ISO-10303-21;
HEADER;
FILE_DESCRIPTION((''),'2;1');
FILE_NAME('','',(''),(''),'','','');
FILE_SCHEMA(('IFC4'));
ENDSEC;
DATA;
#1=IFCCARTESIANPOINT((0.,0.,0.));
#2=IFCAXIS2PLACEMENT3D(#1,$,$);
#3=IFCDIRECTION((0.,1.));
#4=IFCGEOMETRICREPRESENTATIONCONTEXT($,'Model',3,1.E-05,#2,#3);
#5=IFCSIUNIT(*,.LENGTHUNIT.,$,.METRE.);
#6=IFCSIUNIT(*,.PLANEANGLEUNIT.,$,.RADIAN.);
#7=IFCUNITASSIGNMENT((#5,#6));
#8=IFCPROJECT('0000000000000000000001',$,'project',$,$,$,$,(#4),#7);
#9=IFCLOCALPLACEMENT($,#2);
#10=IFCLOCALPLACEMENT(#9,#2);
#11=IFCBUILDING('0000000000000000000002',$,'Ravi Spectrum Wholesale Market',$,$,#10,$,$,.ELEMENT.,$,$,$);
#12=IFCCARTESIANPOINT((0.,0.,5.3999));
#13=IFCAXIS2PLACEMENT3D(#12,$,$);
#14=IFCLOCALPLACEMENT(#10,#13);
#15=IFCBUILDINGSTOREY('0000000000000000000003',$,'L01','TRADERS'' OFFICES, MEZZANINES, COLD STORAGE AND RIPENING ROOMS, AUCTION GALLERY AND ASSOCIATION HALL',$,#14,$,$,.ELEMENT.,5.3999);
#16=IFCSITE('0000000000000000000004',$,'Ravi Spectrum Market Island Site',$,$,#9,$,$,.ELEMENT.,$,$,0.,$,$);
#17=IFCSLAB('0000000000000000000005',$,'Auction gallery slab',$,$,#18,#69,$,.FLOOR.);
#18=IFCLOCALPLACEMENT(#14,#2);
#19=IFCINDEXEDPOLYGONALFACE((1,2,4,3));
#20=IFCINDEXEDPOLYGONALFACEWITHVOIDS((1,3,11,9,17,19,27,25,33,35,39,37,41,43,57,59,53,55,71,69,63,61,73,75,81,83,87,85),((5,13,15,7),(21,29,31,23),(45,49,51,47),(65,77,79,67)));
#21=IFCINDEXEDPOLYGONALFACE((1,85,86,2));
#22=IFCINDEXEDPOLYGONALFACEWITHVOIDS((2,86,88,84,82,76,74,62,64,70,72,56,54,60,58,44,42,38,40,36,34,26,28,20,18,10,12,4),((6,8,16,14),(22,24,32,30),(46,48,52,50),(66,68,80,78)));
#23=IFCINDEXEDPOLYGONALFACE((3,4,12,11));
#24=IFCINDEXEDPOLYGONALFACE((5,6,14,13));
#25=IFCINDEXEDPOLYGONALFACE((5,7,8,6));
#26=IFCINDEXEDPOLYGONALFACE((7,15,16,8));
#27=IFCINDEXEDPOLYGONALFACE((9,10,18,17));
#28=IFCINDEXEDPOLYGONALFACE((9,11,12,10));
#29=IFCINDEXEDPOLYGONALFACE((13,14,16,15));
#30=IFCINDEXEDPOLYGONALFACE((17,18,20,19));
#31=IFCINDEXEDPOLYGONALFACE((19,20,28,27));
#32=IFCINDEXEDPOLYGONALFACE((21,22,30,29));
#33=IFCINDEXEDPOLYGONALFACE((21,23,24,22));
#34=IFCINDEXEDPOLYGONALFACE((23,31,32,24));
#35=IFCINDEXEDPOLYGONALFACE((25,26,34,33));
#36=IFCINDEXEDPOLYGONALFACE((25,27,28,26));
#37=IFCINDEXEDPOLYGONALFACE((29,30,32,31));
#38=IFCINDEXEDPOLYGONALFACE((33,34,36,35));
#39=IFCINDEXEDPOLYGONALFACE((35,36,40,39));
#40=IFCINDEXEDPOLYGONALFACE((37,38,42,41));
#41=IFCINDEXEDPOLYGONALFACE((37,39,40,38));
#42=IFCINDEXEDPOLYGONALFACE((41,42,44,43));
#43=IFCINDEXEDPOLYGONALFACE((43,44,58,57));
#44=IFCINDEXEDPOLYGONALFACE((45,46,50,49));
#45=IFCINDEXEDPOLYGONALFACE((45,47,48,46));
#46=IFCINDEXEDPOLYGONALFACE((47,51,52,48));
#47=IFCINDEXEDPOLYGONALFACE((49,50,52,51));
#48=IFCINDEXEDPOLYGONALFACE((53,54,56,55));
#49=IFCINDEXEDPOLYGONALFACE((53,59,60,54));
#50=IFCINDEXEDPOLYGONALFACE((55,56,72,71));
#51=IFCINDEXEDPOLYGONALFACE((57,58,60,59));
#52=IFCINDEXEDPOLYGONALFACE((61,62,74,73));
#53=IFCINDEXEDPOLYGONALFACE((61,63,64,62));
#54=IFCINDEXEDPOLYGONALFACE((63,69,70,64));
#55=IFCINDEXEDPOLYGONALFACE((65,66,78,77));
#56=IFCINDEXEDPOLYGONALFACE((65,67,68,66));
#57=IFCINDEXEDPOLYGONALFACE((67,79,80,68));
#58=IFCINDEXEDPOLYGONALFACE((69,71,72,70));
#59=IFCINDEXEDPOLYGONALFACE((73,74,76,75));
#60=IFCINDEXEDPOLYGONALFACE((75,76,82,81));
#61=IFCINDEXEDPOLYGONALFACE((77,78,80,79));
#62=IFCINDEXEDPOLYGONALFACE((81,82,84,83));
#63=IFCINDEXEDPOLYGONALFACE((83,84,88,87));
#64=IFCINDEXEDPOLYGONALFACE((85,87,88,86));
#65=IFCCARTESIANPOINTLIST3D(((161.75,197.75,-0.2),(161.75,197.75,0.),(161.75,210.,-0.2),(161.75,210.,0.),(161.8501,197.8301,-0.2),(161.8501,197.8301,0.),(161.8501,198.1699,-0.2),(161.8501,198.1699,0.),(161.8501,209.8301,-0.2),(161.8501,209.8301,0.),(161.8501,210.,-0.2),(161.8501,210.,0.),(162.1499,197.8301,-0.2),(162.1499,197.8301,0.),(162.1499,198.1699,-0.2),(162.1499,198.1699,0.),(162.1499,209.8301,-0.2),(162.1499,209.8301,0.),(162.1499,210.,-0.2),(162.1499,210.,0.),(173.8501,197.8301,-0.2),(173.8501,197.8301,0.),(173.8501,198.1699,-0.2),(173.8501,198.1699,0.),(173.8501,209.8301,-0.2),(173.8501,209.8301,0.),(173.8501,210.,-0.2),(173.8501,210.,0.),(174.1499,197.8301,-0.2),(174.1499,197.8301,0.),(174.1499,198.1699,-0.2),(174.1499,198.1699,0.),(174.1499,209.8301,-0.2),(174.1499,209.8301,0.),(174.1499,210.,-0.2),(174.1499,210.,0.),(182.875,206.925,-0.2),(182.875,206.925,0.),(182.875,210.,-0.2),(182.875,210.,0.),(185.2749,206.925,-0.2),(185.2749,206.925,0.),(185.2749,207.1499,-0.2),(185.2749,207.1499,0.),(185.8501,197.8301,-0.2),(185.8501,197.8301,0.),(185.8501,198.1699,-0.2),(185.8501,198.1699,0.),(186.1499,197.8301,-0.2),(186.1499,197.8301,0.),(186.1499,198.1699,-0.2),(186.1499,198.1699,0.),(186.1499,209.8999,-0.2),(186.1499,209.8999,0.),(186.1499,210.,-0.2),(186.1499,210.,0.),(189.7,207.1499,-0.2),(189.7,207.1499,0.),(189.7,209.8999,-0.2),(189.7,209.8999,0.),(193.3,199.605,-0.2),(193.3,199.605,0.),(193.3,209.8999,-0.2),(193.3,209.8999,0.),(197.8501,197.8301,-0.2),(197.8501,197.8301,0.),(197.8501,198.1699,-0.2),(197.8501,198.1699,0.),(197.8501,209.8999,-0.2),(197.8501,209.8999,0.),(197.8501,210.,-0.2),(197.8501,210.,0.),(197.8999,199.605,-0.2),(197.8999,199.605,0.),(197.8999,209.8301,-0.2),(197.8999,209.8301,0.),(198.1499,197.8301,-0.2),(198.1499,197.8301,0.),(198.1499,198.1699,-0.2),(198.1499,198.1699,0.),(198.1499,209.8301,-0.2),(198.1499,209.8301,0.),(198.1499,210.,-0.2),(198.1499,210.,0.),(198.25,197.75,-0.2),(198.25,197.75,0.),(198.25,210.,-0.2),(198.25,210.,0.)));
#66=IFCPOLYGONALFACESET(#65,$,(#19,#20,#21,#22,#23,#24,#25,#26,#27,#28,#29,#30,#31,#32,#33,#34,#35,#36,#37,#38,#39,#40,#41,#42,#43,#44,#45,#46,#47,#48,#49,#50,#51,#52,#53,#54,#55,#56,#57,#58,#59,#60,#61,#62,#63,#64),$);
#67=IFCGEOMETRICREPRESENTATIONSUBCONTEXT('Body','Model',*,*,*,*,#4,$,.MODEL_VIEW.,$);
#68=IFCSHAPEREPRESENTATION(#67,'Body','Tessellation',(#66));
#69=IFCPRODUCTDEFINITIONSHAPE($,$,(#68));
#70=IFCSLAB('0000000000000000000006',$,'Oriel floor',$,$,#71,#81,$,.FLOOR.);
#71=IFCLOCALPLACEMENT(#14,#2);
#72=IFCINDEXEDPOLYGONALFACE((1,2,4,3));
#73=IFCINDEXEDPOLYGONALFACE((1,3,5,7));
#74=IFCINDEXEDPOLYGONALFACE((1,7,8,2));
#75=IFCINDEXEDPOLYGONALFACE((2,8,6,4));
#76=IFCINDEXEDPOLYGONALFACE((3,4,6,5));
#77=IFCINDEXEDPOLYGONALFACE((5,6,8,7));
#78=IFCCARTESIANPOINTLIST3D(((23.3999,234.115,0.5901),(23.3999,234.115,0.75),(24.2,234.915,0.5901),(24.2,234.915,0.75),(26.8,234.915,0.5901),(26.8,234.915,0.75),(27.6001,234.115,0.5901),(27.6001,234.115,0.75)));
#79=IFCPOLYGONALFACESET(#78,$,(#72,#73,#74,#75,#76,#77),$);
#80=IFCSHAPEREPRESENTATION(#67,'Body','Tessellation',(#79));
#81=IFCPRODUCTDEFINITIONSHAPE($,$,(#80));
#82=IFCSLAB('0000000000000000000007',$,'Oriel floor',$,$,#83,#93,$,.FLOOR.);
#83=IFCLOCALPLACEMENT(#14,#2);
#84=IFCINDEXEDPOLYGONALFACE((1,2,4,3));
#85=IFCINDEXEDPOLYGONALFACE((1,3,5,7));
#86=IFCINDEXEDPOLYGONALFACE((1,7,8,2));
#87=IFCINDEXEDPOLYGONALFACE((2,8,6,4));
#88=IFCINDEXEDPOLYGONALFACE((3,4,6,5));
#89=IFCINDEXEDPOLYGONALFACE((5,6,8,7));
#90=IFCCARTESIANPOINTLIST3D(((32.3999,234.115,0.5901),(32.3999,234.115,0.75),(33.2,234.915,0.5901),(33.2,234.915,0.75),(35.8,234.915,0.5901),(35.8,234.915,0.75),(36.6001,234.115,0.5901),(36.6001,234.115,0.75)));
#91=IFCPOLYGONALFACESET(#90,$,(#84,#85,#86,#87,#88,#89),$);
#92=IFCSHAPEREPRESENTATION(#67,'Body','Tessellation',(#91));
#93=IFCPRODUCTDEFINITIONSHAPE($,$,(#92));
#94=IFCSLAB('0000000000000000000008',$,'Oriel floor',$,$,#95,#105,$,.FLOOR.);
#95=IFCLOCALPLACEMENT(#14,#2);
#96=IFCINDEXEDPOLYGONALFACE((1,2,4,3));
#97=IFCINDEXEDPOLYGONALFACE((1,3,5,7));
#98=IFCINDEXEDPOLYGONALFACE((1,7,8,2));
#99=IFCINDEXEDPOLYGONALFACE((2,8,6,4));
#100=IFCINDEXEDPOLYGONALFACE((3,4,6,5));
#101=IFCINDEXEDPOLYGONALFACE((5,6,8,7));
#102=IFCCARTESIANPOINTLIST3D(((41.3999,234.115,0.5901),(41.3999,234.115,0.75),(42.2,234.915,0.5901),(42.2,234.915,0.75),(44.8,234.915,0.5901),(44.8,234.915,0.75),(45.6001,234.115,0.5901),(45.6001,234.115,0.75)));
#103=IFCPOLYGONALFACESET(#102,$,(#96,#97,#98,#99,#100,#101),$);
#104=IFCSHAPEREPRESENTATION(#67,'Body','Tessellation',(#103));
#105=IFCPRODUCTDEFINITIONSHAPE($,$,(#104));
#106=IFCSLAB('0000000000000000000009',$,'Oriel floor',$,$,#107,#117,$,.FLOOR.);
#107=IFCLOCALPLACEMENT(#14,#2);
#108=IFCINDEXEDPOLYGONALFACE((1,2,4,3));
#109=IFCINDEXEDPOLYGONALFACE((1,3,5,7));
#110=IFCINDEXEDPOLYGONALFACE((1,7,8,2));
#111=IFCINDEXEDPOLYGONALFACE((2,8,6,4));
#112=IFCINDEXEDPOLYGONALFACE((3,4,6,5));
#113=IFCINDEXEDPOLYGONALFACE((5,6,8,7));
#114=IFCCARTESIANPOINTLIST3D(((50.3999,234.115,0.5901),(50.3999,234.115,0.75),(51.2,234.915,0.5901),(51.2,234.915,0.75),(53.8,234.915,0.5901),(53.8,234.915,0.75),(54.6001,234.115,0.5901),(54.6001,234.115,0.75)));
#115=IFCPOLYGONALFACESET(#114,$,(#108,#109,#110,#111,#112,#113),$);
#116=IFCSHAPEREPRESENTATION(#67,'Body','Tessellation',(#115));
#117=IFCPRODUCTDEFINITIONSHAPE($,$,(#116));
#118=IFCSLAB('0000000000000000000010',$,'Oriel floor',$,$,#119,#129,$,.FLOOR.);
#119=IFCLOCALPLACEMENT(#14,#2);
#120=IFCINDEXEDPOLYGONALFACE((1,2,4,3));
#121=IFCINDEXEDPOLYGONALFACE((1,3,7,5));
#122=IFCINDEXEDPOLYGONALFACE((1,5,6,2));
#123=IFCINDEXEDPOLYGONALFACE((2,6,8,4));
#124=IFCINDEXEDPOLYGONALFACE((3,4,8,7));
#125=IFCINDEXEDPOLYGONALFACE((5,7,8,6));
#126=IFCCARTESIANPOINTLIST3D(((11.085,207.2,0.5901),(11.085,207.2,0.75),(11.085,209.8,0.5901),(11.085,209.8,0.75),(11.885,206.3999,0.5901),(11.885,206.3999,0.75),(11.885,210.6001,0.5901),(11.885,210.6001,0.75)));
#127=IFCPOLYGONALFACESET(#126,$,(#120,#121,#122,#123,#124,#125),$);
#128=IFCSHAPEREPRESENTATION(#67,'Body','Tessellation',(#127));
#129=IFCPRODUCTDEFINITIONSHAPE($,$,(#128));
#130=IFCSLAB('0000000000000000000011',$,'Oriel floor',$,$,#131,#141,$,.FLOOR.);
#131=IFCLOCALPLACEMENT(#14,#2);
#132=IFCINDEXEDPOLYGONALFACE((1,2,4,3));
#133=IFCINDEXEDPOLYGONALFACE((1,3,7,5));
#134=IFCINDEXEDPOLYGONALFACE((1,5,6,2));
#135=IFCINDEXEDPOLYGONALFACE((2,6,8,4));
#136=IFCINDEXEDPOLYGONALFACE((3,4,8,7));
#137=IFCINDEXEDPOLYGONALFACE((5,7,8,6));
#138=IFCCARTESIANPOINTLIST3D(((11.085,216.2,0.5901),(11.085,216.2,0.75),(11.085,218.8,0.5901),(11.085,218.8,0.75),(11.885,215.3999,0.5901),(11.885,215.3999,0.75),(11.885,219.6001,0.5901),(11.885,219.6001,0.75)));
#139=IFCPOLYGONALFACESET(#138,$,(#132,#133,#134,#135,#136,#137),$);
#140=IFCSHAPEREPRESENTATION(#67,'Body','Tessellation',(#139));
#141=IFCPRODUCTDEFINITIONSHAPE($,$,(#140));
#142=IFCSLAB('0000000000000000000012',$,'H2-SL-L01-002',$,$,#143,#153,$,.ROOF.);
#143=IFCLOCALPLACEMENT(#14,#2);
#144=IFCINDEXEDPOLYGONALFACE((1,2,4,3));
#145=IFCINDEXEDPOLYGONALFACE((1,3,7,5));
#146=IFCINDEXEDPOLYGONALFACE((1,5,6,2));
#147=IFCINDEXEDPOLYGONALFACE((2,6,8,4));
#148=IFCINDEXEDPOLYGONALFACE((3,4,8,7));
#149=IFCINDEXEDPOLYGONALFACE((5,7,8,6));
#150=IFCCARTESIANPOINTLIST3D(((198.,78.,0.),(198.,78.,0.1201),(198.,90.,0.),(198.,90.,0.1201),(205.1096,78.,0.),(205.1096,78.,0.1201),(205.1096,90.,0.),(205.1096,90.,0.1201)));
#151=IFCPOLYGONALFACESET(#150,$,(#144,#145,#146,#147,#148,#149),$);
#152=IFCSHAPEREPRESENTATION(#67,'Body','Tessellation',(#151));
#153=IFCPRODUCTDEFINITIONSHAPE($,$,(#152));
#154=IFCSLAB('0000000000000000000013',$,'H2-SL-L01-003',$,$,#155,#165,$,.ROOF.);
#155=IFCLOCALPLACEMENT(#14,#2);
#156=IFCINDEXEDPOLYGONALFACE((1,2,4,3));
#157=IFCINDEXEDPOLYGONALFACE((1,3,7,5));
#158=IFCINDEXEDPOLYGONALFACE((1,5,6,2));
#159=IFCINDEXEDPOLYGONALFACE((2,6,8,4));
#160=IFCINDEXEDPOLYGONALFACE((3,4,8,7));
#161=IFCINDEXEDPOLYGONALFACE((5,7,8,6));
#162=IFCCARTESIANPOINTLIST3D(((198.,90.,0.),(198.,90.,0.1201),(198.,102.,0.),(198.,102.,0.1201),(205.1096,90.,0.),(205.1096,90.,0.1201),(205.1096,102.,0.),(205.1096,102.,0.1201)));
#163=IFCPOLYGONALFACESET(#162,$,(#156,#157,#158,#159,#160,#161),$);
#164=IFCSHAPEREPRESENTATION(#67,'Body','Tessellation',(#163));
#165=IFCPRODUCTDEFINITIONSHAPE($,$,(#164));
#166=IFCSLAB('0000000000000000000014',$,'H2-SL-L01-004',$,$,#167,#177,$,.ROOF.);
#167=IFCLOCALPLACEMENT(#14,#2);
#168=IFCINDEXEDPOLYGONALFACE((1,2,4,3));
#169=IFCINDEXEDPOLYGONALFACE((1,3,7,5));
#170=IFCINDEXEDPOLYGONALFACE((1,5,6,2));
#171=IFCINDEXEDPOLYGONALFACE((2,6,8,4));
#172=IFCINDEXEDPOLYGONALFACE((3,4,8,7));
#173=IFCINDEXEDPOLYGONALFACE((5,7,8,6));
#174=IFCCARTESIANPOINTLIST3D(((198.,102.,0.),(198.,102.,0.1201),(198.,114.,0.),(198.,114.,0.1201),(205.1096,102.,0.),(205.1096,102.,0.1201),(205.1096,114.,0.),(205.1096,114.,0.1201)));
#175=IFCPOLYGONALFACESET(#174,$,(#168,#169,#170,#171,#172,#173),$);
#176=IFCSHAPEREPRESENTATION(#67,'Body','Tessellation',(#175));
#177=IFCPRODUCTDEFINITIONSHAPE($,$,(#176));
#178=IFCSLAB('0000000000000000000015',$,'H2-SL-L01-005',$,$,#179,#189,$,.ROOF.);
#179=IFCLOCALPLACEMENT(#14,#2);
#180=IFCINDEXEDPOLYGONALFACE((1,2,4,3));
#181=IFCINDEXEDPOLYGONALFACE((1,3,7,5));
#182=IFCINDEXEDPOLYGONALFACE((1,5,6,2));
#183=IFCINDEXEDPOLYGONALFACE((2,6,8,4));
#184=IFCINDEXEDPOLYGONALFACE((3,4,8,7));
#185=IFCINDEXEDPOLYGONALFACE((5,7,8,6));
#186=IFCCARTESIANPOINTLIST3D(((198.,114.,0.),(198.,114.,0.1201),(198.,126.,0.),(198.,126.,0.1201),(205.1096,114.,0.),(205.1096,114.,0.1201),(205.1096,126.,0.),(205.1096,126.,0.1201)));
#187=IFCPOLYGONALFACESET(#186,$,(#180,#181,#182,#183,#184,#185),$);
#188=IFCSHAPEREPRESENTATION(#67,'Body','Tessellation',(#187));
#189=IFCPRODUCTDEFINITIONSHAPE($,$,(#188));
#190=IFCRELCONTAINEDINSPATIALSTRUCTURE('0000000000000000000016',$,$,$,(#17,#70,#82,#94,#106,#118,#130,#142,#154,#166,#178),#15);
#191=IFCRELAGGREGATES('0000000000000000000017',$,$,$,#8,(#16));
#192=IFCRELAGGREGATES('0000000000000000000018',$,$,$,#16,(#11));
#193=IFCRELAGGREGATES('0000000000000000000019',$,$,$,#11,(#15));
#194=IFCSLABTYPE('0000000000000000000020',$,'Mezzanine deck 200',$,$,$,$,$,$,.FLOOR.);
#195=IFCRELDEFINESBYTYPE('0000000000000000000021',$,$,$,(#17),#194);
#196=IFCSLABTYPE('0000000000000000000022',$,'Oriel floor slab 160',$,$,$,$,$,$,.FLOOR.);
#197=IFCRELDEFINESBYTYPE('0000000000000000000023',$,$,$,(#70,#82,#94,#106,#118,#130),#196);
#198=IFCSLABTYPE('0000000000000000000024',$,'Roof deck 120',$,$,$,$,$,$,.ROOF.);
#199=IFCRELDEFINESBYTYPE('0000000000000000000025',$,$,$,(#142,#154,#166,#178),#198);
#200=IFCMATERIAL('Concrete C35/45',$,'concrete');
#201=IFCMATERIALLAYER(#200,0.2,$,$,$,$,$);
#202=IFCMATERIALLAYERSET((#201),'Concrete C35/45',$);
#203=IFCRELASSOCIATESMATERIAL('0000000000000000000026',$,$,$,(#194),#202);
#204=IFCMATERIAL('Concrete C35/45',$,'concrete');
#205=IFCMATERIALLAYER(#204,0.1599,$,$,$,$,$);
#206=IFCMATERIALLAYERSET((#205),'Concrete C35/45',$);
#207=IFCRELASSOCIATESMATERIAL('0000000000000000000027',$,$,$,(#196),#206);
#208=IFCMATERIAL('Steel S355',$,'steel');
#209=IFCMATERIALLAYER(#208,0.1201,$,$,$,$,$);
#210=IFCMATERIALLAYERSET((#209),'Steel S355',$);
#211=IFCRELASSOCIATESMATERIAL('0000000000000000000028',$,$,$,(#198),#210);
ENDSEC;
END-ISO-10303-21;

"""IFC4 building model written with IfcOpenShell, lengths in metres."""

from ifc_helpers import new_model, si_unit, direction, frame, origin, place, context, subcontext, project, spatial, polyline, outline, extrude, material, layer, layer_set, type_object, element, save


model = new_model("IFC4")

# Units and contexts
model_context = context("Model", 3, precision=1e-05, world=origin(), true_north=direction((0.0, 1.0)))
body_context = subcontext(model_context, "Body", "Model", "MODEL_VIEW")
ifc_project = project(units=[si_unit("LENGTHUNIT", "METRE"), si_unit("PLANEANGLEUNIT", "RADIAN")], contexts=[model_context])

# Site, building, storey
site_placement = place(None, origin())
site = spatial("IfcSite", under=ifc_project, at=site_placement, Name="Ravi Spectrum Market Island Site", CompositionType="ELEMENT", RefElevation=0.0)
building_placement = place(site_placement, origin())
building = spatial("IfcBuilding", under=site, at=building_placement, Name="Ravi Spectrum Wholesale Market", CompositionType="ELEMENT")
storey_placement = place(building_placement, frame((0.0, 0.0, 5.3999)))
storey = spatial("IfcBuildingStorey", under=building, at=storey_placement, Name="L01", Description="TRADERS' OFFICES, MEZZANINES, COLD STORAGE AND RIPENING ROOMS, AUCTION GALLERY AND ASSOCIATION HALL", CompositionType="ELEMENT", Elevation=5.3999)

# Slabs
ifc_material_1 = material(Name="Concrete C35/45", Category="concrete")
ifc_layer_1 = layer(ifc_material_1, 0.2)
ifc_layer_set_1 = layer_set([ifc_layer_1], Name="Concrete C35/45")
slab_type_1 = type_object("IfcSlabType", Name="Mezzanine deck 200", PredefinedType="FLOOR", material=ifc_layer_set_1)
slab_1_placement = place(storey_placement, frame((0.0, 0.0, -0.2)))
element("IfcSlab", 1, at=slab_1_placement, inside=storey, type_object=slab_type_1, Name="Auction gallery slab", PredefinedType="FLOOR", context=body_context, shape_type="SweptSolid", body=[
    extrude(outline(polyline([(198.25, 210.0), (198.25, 197.75), (161.75, 197.75), (161.75, 210.0), (161.8501, 210.0), (161.8501, 209.8301), (162.1499, 209.8301), (162.1499, 210.0), (173.8501, 210.0), (173.8501, 209.8301), (174.1499, 209.8301), (174.1499, 210.0), (182.875, 210.0), (182.875, 206.925), (185.2749, 206.925), (185.2749, 207.1499), (189.7, 207.1499), (189.7, 209.8999), (186.1499, 209.8999), (186.1499, 210.0), (197.8501, 210.0), (197.8501, 209.8999), (193.3, 209.8999), (193.3, 199.605), (197.8999, 199.605), (197.8999, 209.8301), (198.1499, 209.8301), (198.1499, 210.0), (198.25, 210.0)]), holes=[polyline([(162.1499, 198.1699), (161.8501, 198.1699), (161.8501, 197.8301), (162.1499, 197.8301), (162.1499, 198.1699)]), polyline([(174.1499, 198.1699), (173.8501, 198.1699), (173.8501, 197.8301), (174.1499, 197.8301), (174.1499, 198.1699)]), polyline([(186.1499, 198.1699), (185.8501, 198.1699), (185.8501, 197.8301), (186.1499, 197.8301), (186.1499, 198.1699)]), polyline([(198.1499, 197.8301), (198.1499, 198.1699), (197.8501, 198.1699), (197.8501, 197.8301), (198.1499, 197.8301)])]), origin(), (0.0, 0.0, 1.0), 0.2),
])
ifc_material_2 = material(Name="Concrete C35/45", Category="concrete")
ifc_layer_2 = layer(ifc_material_2, 0.1599)
ifc_layer_set_2 = layer_set([ifc_layer_2], Name="Concrete C35/45")
slab_type_2 = type_object("IfcSlabType", Name="Oriel floor slab 160", PredefinedType="FLOOR", material=ifc_layer_set_2)
slab_2_placement = place(storey_placement, frame((0.0, 0.0, 0.5901)))
element("IfcSlab", 2, at=slab_2_placement, inside=storey, type_object=slab_type_2, Name="Oriel floor", PredefinedType="FLOOR", context=body_context, shape_type="SweptSolid", body=[
    extrude(outline(polyline([(23.3999, 234.115), (24.2, 234.915), (26.8, 234.915), (27.6001, 234.115), (23.3999, 234.115)])), origin(), (0.0, 0.0, 1.0), 0.1599),
])
slab_3_placement = place(storey_placement, frame((0.0, 0.0, 0.5901)))
element("IfcSlab", 3, at=slab_3_placement, inside=storey, type_object=slab_type_2, Name="Oriel floor", PredefinedType="FLOOR", context=body_context, shape_type="SweptSolid", body=[
    extrude(outline(polyline([(32.3999, 234.115), (33.2, 234.915), (35.8, 234.915), (36.6001, 234.115), (32.3999, 234.115)])), origin(), (0.0, 0.0, 1.0), 0.1599),
])
slab_4_placement = place(storey_placement, frame((0.0, 0.0, 0.5901)))
element("IfcSlab", 4, at=slab_4_placement, inside=storey, type_object=slab_type_2, Name="Oriel floor", PredefinedType="FLOOR", context=body_context, shape_type="SweptSolid", body=[
    extrude(outline(polyline([(41.3999, 234.115), (42.2, 234.915), (44.8, 234.915), (45.6001, 234.115), (41.3999, 234.115)])), origin(), (0.0, 0.0, 1.0), 0.1599),
])
slab_5_placement = place(storey_placement, frame((0.0, 0.0, 0.5901)))
element("IfcSlab", 5, at=slab_5_placement, inside=storey, type_object=slab_type_2, Name="Oriel floor", PredefinedType="FLOOR", context=body_context, shape_type="SweptSolid", body=[
    extrude(outline(polyline([(50.3999, 234.115), (51.2, 234.915), (53.8, 234.915), (54.6001, 234.115), (50.3999, 234.115)])), origin(), (0.0, 0.0, 1.0), 0.1599),
])
slab_6_placement = place(storey_placement, frame((0.0, 0.0, 0.5901)))
element("IfcSlab", 6, at=slab_6_placement, inside=storey, type_object=slab_type_2, Name="Oriel floor", PredefinedType="FLOOR", context=body_context, shape_type="SweptSolid", body=[
    extrude(outline(polyline([(11.885, 206.3999), (11.085, 207.2), (11.085, 209.8), (11.885, 210.6001), (11.885, 206.3999)])), origin(), (0.0, 0.0, 1.0), 0.1599),
])
slab_7_placement = place(storey_placement, frame((0.0, 0.0, 0.5901)))
element("IfcSlab", 7, at=slab_7_placement, inside=storey, type_object=slab_type_2, Name="Oriel floor", PredefinedType="FLOOR", context=body_context, shape_type="SweptSolid", body=[
    extrude(outline(polyline([(11.885, 215.3999), (11.085, 216.2), (11.085, 218.8), (11.885, 219.6001), (11.885, 215.3999)])), origin(), (0.0, 0.0, 1.0), 0.1599),
])
ifc_material_3 = material(Name="Steel S355", Category="steel")
ifc_layer_3 = layer(ifc_material_3, 0.1201)
ifc_layer_set_3 = layer_set([ifc_layer_3], Name="Steel S355")
slab_type_3 = type_object("IfcSlabType", Name="Roof deck 120", PredefinedType="ROOF", material=ifc_layer_set_3)
slab_8_placement = place(storey_placement, origin())
element("IfcSlab", 8, at=slab_8_placement, inside=storey, type_object=slab_type_3, Name="H2-SL-L01-002", PredefinedType="ROOF", context=body_context, shape_type="SweptSolid", body=[
    extrude(outline(polyline([(198.0, 78.0), (205.1096, 78.0), (205.1096, 90.0), (198.0, 90.0), (198.0, 78.0)])), origin(), (0.0, 0.0, 1.0), 0.1201),
])
slab_9_placement = place(storey_placement, origin())
element("IfcSlab", 9, at=slab_9_placement, inside=storey, type_object=slab_type_3, Name="H2-SL-L01-003", PredefinedType="ROOF", context=body_context, shape_type="SweptSolid", body=[
    extrude(outline(polyline([(198.0, 90.0), (205.1096, 90.0), (205.1096, 102.0), (198.0, 102.0), (198.0, 90.0)])), origin(), (0.0, 0.0, 1.0), 0.1201),
])
slab_10_placement = place(storey_placement, origin())
element("IfcSlab", 10, at=slab_10_placement, inside=storey, type_object=slab_type_3, Name="H2-SL-L01-004", PredefinedType="ROOF", context=body_context, shape_type="SweptSolid", body=[
    extrude(outline(polyline([(198.0, 102.0), (205.1096, 102.0), (205.1096, 114.0), (198.0, 114.0), (198.0, 102.0)])), origin(), (0.0, 0.0, 1.0), 0.1201),
])
slab_11_placement = place(storey_placement, origin())
element("IfcSlab", 11, at=slab_11_placement, inside=storey, type_object=slab_type_3, Name="H2-SL-L01-005", PredefinedType="ROOF", context=body_context, shape_type="SweptSolid", body=[
    extrude(outline(polyline([(198.0, 114.0), (205.1096, 114.0), (205.1096, 126.0), (198.0, 126.0), (198.0, 114.0)])), origin(), (0.0, 0.0, 1.0), 0.1201),
])

save(model, "model.ifc")
